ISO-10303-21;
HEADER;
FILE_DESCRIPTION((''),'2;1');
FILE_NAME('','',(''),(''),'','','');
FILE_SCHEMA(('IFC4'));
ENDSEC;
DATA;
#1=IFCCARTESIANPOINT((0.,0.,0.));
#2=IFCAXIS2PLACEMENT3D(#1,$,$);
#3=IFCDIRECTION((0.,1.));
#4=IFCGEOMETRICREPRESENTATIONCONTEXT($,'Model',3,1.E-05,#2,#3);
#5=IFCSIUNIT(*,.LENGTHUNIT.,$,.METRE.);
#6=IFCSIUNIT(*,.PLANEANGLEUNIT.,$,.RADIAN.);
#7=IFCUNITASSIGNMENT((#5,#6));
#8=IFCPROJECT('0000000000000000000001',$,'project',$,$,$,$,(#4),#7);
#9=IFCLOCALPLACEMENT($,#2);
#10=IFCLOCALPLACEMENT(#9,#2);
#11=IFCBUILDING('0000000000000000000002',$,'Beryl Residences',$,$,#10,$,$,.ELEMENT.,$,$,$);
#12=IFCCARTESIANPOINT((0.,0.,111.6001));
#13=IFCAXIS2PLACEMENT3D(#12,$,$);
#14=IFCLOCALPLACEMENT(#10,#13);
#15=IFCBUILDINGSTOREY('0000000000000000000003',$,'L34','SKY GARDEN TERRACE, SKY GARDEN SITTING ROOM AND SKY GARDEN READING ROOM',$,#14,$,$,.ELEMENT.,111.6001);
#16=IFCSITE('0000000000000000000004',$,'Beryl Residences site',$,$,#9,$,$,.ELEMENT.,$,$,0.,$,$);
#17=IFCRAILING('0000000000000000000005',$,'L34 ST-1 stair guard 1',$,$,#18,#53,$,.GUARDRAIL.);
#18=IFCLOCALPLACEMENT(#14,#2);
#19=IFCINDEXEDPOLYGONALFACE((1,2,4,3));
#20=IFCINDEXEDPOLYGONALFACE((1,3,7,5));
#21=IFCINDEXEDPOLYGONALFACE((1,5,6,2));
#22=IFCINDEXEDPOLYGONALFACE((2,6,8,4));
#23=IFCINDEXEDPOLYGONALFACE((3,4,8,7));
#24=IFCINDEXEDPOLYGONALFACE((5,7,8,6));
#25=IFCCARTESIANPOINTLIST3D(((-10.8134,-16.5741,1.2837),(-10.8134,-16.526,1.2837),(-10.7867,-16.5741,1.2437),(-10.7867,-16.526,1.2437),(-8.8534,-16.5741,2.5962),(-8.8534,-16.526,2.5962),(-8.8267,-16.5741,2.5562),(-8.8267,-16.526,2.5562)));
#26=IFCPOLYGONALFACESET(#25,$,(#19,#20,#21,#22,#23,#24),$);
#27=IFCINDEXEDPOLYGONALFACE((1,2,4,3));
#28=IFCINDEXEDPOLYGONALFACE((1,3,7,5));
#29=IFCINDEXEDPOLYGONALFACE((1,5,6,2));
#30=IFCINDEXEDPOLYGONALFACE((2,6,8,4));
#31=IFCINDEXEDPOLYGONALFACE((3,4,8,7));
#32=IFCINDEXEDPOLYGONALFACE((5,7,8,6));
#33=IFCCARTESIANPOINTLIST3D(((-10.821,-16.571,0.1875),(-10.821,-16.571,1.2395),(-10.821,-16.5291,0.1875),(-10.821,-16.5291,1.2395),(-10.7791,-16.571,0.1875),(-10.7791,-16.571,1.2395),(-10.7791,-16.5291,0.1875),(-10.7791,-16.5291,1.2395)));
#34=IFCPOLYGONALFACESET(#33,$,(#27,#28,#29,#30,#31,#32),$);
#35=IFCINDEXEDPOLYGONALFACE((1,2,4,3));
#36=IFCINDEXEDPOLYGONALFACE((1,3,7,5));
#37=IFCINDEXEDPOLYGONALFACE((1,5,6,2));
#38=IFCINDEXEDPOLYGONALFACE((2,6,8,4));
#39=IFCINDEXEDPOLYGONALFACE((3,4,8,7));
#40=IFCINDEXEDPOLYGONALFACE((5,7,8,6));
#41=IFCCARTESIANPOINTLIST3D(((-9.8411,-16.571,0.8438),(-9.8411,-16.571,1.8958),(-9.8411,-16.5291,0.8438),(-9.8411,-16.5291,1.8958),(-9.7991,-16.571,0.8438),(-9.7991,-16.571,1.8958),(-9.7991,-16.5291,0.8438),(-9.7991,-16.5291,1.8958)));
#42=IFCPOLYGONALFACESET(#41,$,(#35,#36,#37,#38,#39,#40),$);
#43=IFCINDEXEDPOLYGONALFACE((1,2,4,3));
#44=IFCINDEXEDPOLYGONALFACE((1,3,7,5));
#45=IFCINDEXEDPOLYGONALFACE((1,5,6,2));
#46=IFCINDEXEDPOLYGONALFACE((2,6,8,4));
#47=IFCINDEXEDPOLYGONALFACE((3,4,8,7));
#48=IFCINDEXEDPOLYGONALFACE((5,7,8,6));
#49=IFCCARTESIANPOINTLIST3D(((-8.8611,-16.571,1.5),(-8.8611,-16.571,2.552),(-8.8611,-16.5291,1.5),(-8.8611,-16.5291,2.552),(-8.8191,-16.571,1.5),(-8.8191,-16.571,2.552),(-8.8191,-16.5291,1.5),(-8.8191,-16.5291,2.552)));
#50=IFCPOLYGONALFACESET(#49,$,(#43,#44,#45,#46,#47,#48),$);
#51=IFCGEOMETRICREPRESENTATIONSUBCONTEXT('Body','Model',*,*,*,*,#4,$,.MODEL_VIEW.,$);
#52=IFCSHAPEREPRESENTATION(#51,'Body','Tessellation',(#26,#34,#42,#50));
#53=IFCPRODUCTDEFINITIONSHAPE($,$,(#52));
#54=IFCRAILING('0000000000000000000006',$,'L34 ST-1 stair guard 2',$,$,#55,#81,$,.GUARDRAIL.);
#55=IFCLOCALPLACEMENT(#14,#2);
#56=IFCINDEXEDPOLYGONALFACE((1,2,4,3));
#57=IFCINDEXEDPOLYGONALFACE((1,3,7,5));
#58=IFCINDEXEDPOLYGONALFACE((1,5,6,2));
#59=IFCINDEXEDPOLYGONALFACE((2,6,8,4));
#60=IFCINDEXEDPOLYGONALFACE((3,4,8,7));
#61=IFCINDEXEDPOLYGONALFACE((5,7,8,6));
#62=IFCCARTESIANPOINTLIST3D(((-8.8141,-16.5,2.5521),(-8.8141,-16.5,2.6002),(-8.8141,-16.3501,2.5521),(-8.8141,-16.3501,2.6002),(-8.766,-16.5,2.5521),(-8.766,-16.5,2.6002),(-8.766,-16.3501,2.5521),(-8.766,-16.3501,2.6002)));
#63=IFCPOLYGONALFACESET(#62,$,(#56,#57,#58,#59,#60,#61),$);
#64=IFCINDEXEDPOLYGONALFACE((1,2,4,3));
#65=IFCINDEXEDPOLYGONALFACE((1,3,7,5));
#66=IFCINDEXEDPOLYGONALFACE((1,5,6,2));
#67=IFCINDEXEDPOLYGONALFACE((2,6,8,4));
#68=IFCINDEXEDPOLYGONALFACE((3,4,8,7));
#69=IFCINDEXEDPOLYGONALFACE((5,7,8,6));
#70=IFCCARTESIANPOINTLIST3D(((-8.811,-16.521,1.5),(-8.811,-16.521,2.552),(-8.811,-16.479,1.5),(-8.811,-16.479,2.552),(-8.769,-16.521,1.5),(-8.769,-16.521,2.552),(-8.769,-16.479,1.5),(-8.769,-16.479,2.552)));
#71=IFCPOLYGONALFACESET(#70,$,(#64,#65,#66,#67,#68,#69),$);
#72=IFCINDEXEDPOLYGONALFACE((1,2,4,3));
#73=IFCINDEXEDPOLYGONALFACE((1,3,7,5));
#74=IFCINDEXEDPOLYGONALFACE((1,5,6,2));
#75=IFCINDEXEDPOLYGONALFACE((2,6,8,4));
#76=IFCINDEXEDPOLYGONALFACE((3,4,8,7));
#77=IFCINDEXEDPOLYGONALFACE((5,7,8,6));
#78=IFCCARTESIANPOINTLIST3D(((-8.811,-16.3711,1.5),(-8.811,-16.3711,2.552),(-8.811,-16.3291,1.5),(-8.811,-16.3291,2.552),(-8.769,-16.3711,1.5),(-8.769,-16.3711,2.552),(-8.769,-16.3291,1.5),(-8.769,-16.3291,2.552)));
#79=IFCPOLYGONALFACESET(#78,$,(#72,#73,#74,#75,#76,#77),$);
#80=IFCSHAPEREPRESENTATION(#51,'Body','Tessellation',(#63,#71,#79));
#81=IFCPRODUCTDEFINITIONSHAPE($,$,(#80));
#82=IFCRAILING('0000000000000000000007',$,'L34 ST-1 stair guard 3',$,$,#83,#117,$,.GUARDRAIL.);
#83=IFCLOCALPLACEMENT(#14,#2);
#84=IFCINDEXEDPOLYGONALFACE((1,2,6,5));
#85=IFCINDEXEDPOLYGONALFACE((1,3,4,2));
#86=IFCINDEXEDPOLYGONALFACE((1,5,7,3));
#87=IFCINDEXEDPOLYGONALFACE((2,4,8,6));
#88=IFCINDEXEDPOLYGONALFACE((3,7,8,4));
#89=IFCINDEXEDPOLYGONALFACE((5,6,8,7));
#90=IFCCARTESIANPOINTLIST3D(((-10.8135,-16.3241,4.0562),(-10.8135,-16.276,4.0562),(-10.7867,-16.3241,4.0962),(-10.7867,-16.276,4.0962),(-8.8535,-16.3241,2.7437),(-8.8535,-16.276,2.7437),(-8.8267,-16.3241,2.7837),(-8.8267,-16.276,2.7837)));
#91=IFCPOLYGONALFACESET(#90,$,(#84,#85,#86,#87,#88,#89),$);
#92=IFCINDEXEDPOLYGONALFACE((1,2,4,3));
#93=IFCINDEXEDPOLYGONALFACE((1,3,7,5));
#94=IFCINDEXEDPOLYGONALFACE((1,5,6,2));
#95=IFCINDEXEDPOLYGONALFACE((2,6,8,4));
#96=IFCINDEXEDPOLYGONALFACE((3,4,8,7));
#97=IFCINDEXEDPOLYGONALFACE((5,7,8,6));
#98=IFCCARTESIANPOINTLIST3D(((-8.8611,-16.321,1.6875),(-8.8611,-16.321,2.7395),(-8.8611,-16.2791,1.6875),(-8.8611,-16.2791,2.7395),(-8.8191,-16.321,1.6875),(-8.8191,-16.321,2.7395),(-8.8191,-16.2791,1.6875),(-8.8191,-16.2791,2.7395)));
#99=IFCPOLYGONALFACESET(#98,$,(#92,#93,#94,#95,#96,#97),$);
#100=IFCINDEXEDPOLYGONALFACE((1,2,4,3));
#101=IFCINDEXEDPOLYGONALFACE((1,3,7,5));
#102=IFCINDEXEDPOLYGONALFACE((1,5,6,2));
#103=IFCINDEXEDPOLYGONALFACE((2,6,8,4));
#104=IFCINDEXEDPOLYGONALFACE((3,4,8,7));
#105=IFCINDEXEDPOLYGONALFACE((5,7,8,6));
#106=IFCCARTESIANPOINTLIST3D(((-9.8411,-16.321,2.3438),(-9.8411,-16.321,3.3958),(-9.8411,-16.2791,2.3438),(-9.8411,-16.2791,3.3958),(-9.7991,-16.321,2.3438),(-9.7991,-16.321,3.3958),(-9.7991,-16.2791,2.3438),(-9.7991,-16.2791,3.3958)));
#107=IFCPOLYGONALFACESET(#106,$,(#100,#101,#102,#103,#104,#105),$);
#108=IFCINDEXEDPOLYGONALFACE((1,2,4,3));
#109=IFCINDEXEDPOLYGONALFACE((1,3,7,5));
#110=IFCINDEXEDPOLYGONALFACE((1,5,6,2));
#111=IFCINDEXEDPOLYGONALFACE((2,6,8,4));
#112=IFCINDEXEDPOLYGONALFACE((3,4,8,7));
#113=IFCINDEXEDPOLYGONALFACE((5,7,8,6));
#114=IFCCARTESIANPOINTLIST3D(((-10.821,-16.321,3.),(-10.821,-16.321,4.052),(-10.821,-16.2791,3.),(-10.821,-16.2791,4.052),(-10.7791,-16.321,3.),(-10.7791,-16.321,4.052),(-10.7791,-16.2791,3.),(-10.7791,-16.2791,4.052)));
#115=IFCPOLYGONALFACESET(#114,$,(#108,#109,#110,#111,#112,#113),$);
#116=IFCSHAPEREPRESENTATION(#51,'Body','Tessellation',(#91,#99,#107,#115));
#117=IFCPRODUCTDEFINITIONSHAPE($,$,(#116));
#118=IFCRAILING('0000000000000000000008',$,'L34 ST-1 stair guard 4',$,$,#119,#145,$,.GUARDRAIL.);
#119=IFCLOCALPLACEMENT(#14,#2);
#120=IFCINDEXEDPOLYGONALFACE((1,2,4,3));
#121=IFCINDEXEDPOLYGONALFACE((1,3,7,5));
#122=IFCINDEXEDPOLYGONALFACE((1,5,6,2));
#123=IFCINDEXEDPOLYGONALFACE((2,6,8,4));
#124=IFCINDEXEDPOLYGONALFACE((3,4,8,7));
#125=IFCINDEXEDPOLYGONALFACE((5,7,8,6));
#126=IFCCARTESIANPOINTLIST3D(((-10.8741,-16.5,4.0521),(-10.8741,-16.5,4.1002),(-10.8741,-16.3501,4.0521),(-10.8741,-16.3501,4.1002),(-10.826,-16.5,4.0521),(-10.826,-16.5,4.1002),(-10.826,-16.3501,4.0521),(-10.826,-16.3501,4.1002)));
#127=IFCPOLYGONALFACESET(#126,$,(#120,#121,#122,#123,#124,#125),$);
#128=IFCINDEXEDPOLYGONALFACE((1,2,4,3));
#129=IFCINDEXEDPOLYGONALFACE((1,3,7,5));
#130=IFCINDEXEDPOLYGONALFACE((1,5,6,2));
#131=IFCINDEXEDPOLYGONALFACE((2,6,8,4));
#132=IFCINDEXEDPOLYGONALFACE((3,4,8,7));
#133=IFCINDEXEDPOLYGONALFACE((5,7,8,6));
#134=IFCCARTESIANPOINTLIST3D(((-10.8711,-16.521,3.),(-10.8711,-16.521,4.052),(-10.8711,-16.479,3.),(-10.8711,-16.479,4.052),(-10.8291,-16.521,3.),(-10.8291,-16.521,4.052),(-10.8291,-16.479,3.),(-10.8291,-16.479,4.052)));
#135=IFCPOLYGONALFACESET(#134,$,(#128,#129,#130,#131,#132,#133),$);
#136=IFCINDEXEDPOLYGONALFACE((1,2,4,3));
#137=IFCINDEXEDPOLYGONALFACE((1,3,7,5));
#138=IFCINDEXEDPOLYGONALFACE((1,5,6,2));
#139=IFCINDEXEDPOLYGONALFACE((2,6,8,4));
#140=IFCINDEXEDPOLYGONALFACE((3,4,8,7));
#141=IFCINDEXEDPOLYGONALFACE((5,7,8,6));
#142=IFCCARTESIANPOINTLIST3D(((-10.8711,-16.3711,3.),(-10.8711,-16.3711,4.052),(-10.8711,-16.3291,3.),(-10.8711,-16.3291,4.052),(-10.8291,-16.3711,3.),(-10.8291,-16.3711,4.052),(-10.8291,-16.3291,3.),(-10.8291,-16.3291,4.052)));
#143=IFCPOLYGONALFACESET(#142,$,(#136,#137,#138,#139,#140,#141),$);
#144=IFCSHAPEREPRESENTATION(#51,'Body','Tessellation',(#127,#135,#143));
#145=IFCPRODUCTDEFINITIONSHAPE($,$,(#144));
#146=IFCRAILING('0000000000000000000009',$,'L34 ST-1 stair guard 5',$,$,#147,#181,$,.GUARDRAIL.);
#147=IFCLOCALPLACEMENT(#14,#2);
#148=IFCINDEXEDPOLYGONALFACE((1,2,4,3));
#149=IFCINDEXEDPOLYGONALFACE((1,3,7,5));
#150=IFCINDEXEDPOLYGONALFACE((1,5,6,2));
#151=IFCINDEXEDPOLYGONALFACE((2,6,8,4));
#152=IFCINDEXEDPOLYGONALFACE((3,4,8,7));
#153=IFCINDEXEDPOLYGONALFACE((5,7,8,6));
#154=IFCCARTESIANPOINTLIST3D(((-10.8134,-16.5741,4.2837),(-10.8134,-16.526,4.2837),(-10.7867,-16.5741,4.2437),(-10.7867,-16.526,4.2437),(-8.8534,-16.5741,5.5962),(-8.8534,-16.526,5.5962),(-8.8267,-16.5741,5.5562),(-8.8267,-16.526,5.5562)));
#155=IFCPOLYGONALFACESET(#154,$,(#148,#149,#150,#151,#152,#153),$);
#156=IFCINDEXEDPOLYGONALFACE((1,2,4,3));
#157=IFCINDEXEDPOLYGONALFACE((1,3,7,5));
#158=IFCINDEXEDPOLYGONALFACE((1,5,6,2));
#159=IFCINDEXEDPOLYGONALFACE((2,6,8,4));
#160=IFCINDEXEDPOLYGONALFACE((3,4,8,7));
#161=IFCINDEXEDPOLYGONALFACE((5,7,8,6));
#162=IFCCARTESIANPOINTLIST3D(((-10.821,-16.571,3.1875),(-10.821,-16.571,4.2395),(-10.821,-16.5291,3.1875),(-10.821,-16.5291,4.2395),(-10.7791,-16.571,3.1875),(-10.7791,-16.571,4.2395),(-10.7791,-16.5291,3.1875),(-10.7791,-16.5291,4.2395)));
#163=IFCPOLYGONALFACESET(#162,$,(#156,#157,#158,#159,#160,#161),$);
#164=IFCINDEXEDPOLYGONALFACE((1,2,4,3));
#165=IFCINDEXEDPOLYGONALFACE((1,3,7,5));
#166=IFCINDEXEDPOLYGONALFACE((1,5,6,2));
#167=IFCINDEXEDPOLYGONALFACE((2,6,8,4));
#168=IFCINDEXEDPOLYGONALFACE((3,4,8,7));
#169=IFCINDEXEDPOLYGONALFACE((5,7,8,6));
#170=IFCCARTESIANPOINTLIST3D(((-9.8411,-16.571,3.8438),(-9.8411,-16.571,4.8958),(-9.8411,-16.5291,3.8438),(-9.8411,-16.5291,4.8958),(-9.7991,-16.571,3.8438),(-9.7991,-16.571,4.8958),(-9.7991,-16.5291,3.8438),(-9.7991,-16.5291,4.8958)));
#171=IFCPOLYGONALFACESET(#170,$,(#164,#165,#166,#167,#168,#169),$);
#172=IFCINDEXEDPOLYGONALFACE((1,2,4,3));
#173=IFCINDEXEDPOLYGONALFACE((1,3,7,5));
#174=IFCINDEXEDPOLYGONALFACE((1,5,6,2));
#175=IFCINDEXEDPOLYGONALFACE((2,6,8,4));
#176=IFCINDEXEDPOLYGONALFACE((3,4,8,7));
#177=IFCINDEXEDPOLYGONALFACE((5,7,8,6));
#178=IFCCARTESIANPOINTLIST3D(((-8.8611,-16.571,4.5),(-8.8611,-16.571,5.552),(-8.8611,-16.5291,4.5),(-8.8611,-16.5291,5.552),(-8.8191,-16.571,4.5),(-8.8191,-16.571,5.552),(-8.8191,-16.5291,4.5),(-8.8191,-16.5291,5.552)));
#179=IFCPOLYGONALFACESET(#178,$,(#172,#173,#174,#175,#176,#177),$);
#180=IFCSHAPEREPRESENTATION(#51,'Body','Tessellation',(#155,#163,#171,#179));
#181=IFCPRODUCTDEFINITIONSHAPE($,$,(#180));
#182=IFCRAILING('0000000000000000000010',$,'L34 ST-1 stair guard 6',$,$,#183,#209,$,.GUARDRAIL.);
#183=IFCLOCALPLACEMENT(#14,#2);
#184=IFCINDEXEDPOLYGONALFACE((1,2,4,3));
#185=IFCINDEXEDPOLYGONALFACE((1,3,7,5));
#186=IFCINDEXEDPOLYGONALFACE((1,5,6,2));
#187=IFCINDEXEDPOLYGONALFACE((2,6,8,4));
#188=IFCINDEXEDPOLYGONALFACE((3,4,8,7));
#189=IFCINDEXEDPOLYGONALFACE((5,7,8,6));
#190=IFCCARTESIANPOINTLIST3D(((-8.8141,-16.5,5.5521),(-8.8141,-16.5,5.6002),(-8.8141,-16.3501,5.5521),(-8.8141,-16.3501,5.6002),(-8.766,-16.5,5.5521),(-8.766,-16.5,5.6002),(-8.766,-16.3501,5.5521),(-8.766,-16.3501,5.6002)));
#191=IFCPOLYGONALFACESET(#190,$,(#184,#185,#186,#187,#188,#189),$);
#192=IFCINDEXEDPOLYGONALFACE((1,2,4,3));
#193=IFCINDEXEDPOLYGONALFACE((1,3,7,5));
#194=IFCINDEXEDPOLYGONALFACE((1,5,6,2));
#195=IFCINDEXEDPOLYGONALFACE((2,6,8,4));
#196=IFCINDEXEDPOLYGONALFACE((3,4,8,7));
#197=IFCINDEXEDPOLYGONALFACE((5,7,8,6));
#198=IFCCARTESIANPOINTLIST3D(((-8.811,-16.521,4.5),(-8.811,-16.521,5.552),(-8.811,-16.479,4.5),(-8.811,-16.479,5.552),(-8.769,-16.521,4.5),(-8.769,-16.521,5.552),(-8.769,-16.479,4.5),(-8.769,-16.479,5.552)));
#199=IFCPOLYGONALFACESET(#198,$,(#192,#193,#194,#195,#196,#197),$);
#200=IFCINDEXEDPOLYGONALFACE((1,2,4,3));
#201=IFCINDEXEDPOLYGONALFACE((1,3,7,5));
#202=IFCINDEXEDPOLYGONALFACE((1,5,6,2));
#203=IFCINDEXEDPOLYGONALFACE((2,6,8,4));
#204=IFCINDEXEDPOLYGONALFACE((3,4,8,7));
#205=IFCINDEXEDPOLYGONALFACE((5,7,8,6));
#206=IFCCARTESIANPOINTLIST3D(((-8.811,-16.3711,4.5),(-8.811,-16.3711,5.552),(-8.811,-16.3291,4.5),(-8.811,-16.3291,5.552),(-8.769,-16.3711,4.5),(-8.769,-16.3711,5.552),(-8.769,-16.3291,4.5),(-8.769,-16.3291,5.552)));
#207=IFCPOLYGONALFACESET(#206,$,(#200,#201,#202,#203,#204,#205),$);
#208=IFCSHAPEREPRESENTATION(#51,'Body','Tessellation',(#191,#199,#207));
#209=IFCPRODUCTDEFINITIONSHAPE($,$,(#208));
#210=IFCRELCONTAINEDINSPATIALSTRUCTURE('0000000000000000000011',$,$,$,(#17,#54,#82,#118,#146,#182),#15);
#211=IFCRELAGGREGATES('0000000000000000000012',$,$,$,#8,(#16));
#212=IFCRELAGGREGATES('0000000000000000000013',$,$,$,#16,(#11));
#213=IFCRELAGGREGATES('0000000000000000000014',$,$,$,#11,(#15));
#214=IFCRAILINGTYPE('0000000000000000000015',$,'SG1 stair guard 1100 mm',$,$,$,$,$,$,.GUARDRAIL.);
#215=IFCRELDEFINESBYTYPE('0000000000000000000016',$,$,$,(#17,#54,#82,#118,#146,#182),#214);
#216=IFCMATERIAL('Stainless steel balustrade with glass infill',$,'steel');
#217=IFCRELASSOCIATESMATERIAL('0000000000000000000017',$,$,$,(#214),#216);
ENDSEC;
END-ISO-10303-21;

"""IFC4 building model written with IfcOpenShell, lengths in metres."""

from ifc_helpers import new_model, si_unit, direction, frame, origin, origin_2d, place, context, subcontext, project, spatial, rectangle, extrude, material, type_object, element, save


model = new_model("IFC4")

# Units and contexts
model_context = context("Model", 3, precision=1e-05, world=origin(), true_north=direction((0.0, 1.0)))
body_context = subcontext(model_context, "Body", "Model", "MODEL_VIEW")
ifc_project = project(units=[si_unit("LENGTHUNIT", "METRE"), si_unit("PLANEANGLEUNIT", "RADIAN")], contexts=[model_context])

# Site, building, storey
site_placement = place(None, origin())
site = spatial("IfcSite", under=ifc_project, at=site_placement, Name="Beryl Residences site", CompositionType="ELEMENT", RefElevation=0.0)
building_placement = place(site_placement, origin())
building = spatial("IfcBuilding", under=site, at=building_placement, Name="Beryl Residences", CompositionType="ELEMENT")
storey_placement = place(building_placement, frame((0.0, 0.0, 111.6001)))
storey = spatial("IfcBuildingStorey", under=building, at=storey_placement, Name="L34", Description="SKY GARDEN TERRACE, SKY GARDEN SITTING ROOM AND SKY GARDEN READING ROOM", CompositionType="ELEMENT", Elevation=111.6001)

# Railings
ifc_material_1 = material(Name="Stainless steel balustrade with glass infill", Category="steel")
railing_type_1 = type_object("IfcRailingType", Name="SG1 stair guard 1100 mm", PredefinedType="GUARDRAIL", material=ifc_material_1)
railing_1_placement = place(storey_placement, frame((-10.8, -16.55, 0.1875)))
element("IfcRailing", 1, at=railing_1_placement, inside=storey, type_object=railing_type_1, Name="L34 ST-1 stair guard 1", PredefinedType="GUARDRAIL", context=body_context, shape_type="SweptSolid", body=[
    extrude(rectangle(XDim=0.0481, YDim=0.0481, at=origin_2d()), frame((0.0, 0.0, 1.0762), z_axis=(0.830902, 0.0, 0.556419), x_axis=(0.0, 1.0, 0.0)), (0.0, 0.0, 1.0), 2.3589),
    extrude(rectangle(XDim=0.042, YDim=0.042, at=origin_2d()), origin(), (0.0, 0.0, 1.0), 1.052),
    extrude(rectangle(XDim=0.042, YDim=0.042, at=origin_2d()), frame((0.98, 0.0, 0.6562)), (0.0, 0.0, 1.0), 1.052),
    extrude(rectangle(XDim=0.042, YDim=0.042, at=origin_2d()), frame((1.96, 0.0, 1.3125)), (0.0, 0.0, 1.0), 1.052),
])
railing_2_placement = place(storey_placement, frame((-8.79, -16.5, 1.5)))
element("IfcRailing", 2, at=railing_2_placement, inside=storey, type_object=railing_type_1, Name="L34 ST-1 stair guard 2", PredefinedType="GUARDRAIL", context=body_context, shape_type="SweptSolid", body=[
    extrude(rectangle(XDim=0.0481, YDim=0.0481, at=origin_2d()), frame((0.0, 0.0, 1.0762), z_axis=(0.0, 1.0, 0.0), x_axis=(-1.0, 0.0, 0.0)), (0.0, 0.0, 1.0), 0.1499),
    extrude(rectangle(XDim=0.042, YDim=0.042, at=origin_2d()), origin(), (0.0, 0.0, 1.0), 1.052),
    extrude(rectangle(XDim=0.042, YDim=0.042, at=origin_2d()), frame((0.0, 0.1499, 0.0)), (0.0, 0.0, 1.0), 1.052),
])
railing_3_placement = place(storey_placement, frame((-8.8401, -16.3, 1.6875)))
element("IfcRailing", 3, at=railing_3_placement, inside=storey, type_object=railing_type_1, Name="L34 ST-1 stair guard 3", PredefinedType="GUARDRAIL", context=body_context, shape_type="SweptSolid", body=[
    extrude(rectangle(XDim=0.0481, YDim=0.0481, at=origin_2d()), frame((0.0, 0.0, 1.0762), z_axis=(-0.830902, 0.0, 0.556419), x_axis=(0.0, -1.0, 0.0)), (0.0, 0.0, 1.0), 2.3589),
    extrude(rectangle(XDim=0.042, YDim=0.042, at=origin_2d()), origin(), (0.0, 0.0, 1.0), 1.052),
    extrude(rectangle(XDim=0.042, YDim=0.042, at=origin_2d()), frame((-0.98, 0.0, 0.6562)), (0.0, 0.0, 1.0), 1.052),
    extrude(rectangle(XDim=0.042, YDim=0.042, at=origin_2d()), frame((-1.96, 0.0, 1.3125)), (0.0, 0.0, 1.0), 1.052),
])
railing_4_placement = place(storey_placement, frame((-10.8501, -16.5, 3.0)))
element("IfcRailing", 4, at=railing_4_placement, inside=storey, type_object=railing_type_1, Name="L34 ST-1 stair guard 4", PredefinedType="GUARDRAIL", context=body_context, shape_type="SweptSolid", body=[
    extrude(rectangle(XDim=0.0481, YDim=0.0481, at=origin_2d()), frame((0.0, 0.0, 1.0762), z_axis=(0.0, 1.0, 0.0), x_axis=(-1.0, 0.0, 0.0)), (0.0, 0.0, 1.0), 0.1499),
    extrude(rectangle(XDim=0.042, YDim=0.042, at=origin_2d()), origin(), (0.0, 0.0, 1.0), 1.052),
    extrude(rectangle(XDim=0.042, YDim=0.042, at=origin_2d()), frame((0.0, 0.1499, 0.0)), (0.0, 0.0, 1.0), 1.052),
])
railing_5_placement = place(storey_placement, frame((-10.8, -16.55, 3.1875)))
element("IfcRailing", 5, at=railing_5_placement, inside=storey, type_object=railing_type_1, Name="L34 ST-1 stair guard 5", PredefinedType="GUARDRAIL", context=body_context, shape_type="SweptSolid", body=[
    extrude(rectangle(XDim=0.0481, YDim=0.0481, at=origin_2d()), frame((0.0, 0.0, 1.0762), z_axis=(0.830902, 0.0, 0.556419), x_axis=(0.0, 1.0, 0.0)), (0.0, 0.0, 1.0), 2.3589),
    extrude(rectangle(XDim=0.042, YDim=0.042, at=origin_2d()), origin(), (0.0, 0.0, 1.0), 1.052),
    extrude(rectangle(XDim=0.042, YDim=0.042, at=origin_2d()), frame((0.98, 0.0, 0.6562)), (0.0, 0.0, 1.0), 1.052),
    extrude(rectangle(XDim=0.042, YDim=0.042, at=origin_2d()), frame((1.96, 0.0, 1.3125)), (0.0, 0.0, 1.0), 1.052),
])
railing_6_placement = place(storey_placement, frame((-8.79, -16.5, 4.5)))
element("IfcRailing", 6, at=railing_6_placement, inside=storey, type_object=railing_type_1, Name="L34 ST-1 stair guard 6", PredefinedType="GUARDRAIL", context=body_context, shape_type="SweptSolid", body=[
    extrude(rectangle(XDim=0.0481, YDim=0.0481, at=origin_2d()), frame((0.0, 0.0, 1.0762), z_axis=(0.0, 1.0, 0.0), x_axis=(-1.0, 0.0, 0.0)), (0.0, 0.0, 1.0), 0.1499),
    extrude(rectangle(XDim=0.042, YDim=0.042, at=origin_2d()), origin(), (0.0, 0.0, 1.0), 1.052),
    extrude(rectangle(XDim=0.042, YDim=0.042, at=origin_2d()), frame((0.0, 0.1499, 0.0)), (0.0, 0.0, 1.0), 1.052),
])

save(model, "model.ifc")
